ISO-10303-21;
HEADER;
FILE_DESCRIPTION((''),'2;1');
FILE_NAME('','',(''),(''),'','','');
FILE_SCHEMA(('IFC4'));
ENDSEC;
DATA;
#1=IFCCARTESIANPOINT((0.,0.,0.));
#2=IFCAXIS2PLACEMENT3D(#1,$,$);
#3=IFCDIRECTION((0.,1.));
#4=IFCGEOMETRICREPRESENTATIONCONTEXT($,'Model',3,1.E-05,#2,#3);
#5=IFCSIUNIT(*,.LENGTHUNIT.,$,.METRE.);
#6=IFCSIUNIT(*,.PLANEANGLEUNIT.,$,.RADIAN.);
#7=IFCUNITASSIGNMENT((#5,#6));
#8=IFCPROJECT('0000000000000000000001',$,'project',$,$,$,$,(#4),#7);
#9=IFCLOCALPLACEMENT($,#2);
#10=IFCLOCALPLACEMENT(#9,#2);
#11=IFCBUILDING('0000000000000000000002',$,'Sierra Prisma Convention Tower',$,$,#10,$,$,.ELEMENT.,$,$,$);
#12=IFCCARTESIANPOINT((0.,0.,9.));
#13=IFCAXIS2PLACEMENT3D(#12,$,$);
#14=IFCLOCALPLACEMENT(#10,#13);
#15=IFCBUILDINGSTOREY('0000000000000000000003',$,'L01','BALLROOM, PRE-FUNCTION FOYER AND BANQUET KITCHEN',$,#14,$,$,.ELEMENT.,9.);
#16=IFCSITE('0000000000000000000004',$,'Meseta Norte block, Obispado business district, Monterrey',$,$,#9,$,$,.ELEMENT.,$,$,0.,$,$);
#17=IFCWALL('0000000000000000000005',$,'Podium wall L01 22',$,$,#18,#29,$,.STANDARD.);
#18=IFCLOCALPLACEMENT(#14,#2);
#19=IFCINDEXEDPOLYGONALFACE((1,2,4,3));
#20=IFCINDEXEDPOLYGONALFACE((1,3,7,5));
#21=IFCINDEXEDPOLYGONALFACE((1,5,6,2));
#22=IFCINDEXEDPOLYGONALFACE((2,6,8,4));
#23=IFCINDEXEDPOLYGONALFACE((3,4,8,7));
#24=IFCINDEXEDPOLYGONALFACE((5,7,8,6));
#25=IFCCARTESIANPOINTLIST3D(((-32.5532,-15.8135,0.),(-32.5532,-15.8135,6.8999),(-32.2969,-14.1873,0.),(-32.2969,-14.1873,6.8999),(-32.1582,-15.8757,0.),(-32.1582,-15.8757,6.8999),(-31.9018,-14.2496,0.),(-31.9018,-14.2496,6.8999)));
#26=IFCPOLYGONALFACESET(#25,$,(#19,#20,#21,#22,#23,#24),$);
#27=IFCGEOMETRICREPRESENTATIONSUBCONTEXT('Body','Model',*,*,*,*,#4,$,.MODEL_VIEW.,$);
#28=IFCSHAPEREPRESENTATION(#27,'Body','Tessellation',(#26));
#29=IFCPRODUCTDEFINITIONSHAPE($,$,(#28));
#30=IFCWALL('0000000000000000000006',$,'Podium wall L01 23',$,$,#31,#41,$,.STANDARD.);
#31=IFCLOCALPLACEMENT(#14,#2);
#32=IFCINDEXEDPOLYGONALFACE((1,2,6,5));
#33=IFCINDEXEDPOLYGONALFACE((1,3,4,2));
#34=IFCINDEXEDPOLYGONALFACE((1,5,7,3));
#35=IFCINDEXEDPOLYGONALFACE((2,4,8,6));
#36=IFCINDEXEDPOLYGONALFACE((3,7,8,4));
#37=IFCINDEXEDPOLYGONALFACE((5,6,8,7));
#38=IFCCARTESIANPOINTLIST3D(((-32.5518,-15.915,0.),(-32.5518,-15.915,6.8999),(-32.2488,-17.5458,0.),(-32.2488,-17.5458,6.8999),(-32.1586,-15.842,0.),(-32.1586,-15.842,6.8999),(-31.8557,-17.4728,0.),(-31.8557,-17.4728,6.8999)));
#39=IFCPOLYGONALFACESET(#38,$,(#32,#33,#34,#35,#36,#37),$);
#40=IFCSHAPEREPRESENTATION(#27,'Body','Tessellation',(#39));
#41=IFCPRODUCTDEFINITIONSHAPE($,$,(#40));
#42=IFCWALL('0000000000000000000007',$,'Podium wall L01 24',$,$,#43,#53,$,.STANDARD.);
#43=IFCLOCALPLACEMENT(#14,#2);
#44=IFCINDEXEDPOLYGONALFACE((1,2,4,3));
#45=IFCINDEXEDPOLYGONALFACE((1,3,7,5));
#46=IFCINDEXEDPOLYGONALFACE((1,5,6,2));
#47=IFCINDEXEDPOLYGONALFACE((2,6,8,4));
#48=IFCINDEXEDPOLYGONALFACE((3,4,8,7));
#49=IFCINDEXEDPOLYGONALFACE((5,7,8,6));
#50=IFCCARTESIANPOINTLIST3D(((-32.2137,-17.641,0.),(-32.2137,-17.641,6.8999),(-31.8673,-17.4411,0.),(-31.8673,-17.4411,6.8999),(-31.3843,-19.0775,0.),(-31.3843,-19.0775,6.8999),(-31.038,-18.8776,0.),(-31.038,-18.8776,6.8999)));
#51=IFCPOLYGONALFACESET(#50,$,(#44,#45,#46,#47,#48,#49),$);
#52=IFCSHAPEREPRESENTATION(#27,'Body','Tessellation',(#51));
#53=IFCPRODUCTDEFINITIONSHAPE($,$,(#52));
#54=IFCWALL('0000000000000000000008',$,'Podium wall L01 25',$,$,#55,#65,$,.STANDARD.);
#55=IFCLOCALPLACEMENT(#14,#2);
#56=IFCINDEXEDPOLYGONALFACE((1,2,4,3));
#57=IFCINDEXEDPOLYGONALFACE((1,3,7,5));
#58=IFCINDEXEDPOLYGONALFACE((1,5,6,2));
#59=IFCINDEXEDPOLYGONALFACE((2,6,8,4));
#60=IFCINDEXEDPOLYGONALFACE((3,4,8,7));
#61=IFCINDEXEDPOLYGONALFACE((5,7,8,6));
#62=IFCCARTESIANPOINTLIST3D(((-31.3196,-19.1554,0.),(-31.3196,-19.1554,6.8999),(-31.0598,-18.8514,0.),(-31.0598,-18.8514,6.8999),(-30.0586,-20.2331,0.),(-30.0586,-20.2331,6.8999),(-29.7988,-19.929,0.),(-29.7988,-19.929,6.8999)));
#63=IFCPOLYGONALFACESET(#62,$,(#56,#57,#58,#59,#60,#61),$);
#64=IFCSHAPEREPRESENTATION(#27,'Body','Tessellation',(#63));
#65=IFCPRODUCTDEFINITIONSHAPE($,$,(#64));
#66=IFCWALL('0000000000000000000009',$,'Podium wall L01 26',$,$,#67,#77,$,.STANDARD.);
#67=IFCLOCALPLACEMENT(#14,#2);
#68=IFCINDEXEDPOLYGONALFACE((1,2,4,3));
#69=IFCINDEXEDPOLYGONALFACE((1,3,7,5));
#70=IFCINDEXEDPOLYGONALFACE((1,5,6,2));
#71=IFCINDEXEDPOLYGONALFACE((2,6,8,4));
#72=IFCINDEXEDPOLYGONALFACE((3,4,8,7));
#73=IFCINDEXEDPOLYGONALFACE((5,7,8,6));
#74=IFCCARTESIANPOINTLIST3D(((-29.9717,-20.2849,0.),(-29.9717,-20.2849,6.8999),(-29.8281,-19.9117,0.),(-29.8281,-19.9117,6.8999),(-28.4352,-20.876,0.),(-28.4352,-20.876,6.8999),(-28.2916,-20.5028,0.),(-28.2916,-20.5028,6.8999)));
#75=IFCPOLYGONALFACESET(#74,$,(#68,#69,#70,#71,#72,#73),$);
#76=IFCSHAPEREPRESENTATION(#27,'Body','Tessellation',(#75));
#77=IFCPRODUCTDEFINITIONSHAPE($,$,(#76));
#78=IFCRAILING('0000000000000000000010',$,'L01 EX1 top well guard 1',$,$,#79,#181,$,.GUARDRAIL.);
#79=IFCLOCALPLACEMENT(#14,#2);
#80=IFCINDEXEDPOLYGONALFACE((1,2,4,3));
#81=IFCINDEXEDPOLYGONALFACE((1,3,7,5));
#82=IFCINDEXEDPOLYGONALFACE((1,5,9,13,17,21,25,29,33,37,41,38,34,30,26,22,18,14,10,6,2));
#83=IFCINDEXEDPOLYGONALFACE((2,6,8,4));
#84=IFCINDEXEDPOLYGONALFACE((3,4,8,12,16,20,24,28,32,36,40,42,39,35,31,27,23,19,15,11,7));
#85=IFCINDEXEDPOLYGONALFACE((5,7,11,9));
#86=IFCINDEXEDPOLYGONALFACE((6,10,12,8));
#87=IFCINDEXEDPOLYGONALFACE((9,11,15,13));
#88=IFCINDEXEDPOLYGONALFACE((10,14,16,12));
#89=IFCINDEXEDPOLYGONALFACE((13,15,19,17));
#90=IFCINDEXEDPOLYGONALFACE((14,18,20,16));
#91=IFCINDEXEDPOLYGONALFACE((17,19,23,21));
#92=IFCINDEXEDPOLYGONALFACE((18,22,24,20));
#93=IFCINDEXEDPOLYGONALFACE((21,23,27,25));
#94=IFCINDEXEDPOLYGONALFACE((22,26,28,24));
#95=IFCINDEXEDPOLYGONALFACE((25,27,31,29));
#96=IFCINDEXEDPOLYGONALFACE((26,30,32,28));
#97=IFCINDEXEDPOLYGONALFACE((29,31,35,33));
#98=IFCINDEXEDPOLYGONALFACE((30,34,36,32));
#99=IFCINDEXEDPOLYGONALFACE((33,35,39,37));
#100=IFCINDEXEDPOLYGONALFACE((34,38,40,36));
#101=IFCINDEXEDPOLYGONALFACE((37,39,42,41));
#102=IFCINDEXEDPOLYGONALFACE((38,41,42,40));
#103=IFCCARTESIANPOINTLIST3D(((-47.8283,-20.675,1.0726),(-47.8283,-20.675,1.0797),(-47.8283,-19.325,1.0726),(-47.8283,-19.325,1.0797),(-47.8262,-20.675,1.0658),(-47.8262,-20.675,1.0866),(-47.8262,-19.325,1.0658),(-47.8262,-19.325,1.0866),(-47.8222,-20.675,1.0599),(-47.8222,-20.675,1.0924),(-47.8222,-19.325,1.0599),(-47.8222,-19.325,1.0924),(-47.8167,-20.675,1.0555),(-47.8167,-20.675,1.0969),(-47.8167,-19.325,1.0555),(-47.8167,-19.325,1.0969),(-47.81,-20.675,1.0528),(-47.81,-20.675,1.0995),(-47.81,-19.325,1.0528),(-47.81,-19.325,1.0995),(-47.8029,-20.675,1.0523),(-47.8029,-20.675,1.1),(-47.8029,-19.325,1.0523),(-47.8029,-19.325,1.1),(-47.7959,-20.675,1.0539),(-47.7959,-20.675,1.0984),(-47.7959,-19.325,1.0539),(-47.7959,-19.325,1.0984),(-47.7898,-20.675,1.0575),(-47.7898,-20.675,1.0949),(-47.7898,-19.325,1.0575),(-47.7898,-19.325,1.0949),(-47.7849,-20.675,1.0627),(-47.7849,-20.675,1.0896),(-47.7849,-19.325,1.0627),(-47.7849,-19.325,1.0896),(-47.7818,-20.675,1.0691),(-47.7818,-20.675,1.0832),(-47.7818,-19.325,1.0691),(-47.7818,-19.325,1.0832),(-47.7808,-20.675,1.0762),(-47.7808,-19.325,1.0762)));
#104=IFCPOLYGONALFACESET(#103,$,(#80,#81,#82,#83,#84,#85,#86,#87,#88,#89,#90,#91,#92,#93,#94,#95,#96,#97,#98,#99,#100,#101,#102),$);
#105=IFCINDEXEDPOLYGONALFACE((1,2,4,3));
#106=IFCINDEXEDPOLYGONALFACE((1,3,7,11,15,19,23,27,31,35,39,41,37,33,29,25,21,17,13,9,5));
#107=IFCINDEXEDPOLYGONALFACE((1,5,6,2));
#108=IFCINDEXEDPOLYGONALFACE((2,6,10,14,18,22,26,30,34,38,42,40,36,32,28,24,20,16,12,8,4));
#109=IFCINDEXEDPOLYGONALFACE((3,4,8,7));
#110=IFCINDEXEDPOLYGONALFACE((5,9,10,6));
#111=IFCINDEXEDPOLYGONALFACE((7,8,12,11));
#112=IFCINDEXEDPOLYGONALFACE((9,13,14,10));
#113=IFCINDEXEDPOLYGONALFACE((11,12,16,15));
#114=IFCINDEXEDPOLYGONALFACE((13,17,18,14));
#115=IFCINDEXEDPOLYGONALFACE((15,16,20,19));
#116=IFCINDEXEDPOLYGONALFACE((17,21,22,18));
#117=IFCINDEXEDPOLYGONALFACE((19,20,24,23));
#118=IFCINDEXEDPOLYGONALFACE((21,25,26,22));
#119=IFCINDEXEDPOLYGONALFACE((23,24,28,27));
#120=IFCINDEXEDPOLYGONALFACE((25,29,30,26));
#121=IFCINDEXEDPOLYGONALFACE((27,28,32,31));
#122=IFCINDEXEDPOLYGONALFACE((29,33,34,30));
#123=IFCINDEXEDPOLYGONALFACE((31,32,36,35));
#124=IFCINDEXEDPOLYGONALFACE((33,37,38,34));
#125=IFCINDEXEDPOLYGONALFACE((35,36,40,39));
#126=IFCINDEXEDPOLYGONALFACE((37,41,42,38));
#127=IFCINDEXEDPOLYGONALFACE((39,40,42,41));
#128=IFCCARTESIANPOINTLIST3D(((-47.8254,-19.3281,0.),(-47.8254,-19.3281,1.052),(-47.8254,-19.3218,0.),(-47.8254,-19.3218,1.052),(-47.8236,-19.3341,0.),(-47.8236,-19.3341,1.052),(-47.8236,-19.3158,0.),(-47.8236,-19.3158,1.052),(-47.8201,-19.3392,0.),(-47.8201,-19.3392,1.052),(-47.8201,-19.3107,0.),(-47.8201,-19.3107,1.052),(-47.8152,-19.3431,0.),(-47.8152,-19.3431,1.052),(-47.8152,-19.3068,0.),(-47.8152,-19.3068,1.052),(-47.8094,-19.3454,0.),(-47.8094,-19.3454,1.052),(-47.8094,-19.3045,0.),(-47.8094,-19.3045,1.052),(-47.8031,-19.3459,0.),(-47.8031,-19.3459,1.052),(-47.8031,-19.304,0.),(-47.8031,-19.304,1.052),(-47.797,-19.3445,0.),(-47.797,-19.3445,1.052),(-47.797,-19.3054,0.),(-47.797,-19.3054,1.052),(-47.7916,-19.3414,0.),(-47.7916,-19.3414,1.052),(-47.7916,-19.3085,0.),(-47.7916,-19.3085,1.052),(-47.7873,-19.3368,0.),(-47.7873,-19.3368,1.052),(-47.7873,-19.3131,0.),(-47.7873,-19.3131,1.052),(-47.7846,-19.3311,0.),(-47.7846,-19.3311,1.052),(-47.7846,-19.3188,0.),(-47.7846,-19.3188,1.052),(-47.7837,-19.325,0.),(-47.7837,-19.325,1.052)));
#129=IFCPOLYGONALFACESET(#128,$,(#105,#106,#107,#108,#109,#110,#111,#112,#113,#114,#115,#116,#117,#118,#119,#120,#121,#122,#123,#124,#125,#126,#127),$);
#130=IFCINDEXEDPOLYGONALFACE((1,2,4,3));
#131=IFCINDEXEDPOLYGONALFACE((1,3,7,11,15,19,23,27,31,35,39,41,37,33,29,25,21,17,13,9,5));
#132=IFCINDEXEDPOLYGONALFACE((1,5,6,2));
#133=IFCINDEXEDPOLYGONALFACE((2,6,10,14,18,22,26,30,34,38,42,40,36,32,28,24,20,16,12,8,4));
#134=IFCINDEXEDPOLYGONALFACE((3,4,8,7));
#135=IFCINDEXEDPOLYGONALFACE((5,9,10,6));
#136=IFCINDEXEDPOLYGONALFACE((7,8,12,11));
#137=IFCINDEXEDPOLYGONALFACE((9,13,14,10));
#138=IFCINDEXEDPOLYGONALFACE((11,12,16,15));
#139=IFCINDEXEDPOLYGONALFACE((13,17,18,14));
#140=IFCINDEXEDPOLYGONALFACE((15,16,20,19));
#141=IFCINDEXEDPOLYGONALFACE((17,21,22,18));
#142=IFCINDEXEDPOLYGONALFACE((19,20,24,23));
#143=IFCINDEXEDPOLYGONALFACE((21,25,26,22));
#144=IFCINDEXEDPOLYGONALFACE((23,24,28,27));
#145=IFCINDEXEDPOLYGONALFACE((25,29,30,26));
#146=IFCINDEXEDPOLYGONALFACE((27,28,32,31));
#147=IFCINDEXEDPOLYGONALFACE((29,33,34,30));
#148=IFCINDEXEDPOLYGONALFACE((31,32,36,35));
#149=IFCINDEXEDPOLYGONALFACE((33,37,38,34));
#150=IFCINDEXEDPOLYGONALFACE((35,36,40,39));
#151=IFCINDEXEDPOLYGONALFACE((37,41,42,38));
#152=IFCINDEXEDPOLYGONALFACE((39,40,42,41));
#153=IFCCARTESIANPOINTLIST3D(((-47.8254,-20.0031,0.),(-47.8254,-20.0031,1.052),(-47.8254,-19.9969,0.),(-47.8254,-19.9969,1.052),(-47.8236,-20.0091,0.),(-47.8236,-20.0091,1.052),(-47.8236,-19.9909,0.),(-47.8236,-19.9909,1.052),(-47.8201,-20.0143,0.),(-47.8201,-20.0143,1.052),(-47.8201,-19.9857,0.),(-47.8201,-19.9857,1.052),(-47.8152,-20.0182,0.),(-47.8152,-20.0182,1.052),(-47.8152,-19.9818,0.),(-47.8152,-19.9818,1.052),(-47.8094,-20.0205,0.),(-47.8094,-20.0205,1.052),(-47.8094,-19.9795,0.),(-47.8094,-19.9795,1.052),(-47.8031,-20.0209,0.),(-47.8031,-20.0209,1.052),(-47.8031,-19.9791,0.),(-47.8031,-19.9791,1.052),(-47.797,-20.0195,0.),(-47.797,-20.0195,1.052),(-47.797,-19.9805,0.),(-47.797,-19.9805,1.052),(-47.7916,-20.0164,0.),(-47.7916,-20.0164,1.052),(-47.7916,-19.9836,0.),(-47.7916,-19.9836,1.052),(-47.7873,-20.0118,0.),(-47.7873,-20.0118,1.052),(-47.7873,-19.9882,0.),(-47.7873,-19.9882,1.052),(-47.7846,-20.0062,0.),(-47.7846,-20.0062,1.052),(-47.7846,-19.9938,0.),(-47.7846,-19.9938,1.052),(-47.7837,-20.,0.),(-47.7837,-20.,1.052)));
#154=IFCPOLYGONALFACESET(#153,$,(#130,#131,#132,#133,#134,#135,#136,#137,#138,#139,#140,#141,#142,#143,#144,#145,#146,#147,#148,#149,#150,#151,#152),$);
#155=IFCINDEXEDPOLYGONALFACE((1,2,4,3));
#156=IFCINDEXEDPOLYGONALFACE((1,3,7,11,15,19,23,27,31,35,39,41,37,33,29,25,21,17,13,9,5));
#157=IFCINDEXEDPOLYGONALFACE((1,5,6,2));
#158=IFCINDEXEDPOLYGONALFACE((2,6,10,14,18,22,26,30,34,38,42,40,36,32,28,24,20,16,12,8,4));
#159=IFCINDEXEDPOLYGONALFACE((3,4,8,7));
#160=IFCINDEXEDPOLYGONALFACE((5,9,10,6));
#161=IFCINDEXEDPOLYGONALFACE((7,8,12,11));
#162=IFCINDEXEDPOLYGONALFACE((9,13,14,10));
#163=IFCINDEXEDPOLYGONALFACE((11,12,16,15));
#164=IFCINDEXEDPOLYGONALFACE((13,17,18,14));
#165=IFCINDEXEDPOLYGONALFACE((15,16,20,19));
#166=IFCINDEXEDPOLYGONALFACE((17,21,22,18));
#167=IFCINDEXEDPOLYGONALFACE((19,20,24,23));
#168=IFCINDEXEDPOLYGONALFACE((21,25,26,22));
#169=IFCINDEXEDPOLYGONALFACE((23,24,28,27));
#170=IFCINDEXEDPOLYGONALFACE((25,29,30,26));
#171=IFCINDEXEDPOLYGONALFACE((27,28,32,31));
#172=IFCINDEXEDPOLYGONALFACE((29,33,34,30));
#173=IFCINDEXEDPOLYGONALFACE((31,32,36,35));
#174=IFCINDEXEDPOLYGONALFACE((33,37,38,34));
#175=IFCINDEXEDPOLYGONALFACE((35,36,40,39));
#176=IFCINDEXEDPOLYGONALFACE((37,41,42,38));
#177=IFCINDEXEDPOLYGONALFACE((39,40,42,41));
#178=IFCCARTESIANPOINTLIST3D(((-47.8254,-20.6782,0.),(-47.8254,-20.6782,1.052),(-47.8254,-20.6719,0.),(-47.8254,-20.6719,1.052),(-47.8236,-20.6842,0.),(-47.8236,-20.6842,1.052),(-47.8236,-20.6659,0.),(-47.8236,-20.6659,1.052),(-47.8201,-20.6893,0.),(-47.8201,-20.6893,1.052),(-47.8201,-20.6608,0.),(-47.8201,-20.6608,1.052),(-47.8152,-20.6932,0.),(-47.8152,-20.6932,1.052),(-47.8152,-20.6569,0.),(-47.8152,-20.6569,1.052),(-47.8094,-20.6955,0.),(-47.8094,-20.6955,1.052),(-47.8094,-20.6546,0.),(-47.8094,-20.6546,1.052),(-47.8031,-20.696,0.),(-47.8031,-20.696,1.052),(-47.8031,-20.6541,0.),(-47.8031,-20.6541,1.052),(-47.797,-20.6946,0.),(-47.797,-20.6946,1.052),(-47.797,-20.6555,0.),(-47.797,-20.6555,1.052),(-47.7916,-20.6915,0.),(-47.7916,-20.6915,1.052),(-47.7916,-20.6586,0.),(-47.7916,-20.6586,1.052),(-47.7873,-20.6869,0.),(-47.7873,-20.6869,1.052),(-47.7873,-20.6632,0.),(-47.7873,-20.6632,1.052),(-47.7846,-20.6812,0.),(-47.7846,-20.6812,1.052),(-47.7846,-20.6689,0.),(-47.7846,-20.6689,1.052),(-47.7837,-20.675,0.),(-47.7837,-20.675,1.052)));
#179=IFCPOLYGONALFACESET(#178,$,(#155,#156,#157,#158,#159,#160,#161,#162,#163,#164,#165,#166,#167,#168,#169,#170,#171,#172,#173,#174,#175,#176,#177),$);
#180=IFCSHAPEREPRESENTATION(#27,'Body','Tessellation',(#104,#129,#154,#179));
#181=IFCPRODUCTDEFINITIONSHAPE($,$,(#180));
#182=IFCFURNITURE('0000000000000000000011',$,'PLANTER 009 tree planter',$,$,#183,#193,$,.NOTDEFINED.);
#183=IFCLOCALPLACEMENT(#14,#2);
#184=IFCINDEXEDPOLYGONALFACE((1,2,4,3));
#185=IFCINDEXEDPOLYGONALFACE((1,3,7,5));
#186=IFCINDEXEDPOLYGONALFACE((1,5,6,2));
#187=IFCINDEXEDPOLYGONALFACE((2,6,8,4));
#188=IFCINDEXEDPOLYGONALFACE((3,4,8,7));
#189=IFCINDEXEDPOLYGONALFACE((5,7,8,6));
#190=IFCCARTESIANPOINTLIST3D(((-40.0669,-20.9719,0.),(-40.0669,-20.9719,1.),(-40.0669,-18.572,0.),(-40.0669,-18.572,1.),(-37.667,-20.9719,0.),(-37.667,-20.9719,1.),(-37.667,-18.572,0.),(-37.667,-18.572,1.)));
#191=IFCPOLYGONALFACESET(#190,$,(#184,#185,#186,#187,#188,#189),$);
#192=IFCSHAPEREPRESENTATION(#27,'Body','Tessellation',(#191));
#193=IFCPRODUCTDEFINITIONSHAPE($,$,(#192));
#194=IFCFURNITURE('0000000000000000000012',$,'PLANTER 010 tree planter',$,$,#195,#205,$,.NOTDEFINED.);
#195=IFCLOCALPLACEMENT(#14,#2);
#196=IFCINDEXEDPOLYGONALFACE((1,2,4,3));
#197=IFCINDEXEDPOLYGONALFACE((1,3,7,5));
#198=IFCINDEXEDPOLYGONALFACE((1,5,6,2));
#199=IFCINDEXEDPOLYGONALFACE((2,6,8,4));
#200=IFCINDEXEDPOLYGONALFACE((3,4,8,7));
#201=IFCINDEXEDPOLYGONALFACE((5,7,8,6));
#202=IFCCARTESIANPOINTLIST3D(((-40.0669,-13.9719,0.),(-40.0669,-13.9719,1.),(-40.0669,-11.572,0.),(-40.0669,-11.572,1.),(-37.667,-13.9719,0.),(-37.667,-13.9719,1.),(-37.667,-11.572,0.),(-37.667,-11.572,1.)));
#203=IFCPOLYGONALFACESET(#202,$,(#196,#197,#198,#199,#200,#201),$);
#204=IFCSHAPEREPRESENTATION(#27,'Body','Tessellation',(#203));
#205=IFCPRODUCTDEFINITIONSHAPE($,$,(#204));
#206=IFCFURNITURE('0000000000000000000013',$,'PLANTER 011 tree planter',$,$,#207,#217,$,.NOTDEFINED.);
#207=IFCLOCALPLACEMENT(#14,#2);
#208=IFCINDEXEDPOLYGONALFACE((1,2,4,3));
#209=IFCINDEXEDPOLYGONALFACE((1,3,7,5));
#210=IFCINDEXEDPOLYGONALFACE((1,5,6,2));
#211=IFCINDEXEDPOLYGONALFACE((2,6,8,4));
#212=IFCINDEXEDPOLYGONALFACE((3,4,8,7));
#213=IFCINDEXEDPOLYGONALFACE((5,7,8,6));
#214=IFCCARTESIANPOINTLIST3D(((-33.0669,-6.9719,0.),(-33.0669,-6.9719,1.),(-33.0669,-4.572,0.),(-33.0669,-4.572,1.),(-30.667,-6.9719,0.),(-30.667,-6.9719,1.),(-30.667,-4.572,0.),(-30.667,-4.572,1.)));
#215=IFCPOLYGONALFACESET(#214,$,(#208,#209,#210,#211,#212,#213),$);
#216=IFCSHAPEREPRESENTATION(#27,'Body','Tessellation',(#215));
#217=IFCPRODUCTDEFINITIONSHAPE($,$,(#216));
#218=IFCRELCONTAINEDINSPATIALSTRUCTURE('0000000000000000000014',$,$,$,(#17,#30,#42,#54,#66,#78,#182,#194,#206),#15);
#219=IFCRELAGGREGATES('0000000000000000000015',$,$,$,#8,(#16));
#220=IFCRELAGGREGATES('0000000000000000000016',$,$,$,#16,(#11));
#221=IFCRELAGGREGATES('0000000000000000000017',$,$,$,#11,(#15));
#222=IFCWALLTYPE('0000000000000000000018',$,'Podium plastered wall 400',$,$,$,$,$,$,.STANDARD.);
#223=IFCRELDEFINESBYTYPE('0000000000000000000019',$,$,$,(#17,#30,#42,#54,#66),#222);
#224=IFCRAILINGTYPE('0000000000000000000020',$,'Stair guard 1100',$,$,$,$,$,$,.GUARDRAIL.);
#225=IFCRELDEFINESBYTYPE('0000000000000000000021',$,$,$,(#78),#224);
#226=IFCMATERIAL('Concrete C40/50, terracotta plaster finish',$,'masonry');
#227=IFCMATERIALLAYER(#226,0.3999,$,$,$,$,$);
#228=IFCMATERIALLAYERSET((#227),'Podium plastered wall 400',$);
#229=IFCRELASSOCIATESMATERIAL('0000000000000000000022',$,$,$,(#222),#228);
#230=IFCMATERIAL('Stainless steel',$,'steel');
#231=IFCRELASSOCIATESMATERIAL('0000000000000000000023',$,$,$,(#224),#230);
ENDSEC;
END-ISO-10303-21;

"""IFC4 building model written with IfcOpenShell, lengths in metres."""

from ifc_helpers import new_model, si_unit, direction, frame, frame_2d, origin, origin_2d, place, context, subcontext, project, spatial, rectangle, circle, extrude, material, layer, layer_set, type_object, element, save


model = new_model("IFC4")

# Units and contexts
model_context = context("Model", 3, precision=1e-05, world=origin(), true_north=direction((0.0, 1.0)))
body_context = subcontext(model_context, "Body", "Model", "MODEL_VIEW")
ifc_project = project(units=[si_unit("LENGTHUNIT", "METRE"), si_unit("PLANEANGLEUNIT", "RADIAN")], contexts=[model_context])

# Site, building, storey
site_placement = place(None, origin())
site = spatial("IfcSite", under=ifc_project, at=site_placement, Name="Meseta Norte block, Obispado business district, Monterrey", CompositionType="ELEMENT", RefElevation=0.0)
building_placement = place(site_placement, origin())
building = spatial("IfcBuilding", under=site, at=building_placement, Name="Sierra Prisma Convention Tower", CompositionType="ELEMENT")
storey_placement = place(building_placement, frame((0.0, 0.0, 9.0)))
storey = spatial("IfcBuildingStorey", under=building, at=storey_placement, Name="L01", Description="BALLROOM, PRE-FUNCTION FOYER AND BANQUET KITCHEN", CompositionType="ELEMENT", Elevation=9.0)

# Walls
ifc_material_1 = material(Name="Concrete C40/50, terracotta plaster finish", Category="masonry")
ifc_layer_1 = layer(ifc_material_1, 0.3999)
ifc_layer_set_1 = layer_set([ifc_layer_1], Name="Podium plastered wall 400")
wall_type_1 = type_object("IfcWallType", Name="Podium plastered wall 400", PredefinedType="STANDARD", material=ifc_layer_set_1)
wall_1_placement = place(storey_placement, frame((-32.3557, -15.8447, 0.0), z_axis=(0.0, 0.0, 1.0), x_axis=(0.155711, 0.987803, 0.0)))
element("IfcWall", 1, at=wall_1_placement, inside=storey, type_object=wall_type_1, Name="Podium wall L01 22", PredefinedType="STANDARD", context=body_context, shape_type="SweptSolid", body=[
    extrude(rectangle(XDim=1.6462, YDim=0.3999, at=frame_2d((0.8232, 0.0))), origin(), (0.0, 0.0, 1.0), 6.8999),
])
for number, where, z_axis, x_axis, name in (
    (2, (-32.0522, -17.5093, 0.0), (0.0, 0.0, 1.0), (-0.182653, 0.983177, 0.0), "Podium wall L01 23"),
    (3, (-31.2112, -18.9775, 0.0), (0.0, 0.0, 1.0), (-0.499986, 0.866034, 0.0), "Podium wall L01 24"),
    (4, (-29.9287, -20.0811, 0.0), (0.0, 0.0, 1.0), (-0.760212, 0.649676, 0.0), "Podium wall L01 25"),
):
    element("IfcWall", number, at=place(storey_placement, frame(where, z_axis=z_axis, x_axis=x_axis)), inside=storey, type_object=wall_type_1, Name=name, PredefinedType="STANDARD", context=body_context, shape_type="SweptSolid", body=[
        extrude(rectangle(XDim=1.6587, YDim=0.3999, at=frame_2d((0.8293, 0.0))), origin(), (0.0, 0.0, 1.0), 6.8999),
    ])
wall_2_placement = place(storey_placement, frame((-28.3633, -20.6895, 0.0), z_axis=(0.0, 0.0, 1.0), x_axis=(-0.933315, 0.359059, 0.0)))
element("IfcWall", 5, at=wall_2_placement, inside=storey, type_object=wall_type_1, Name="Podium wall L01 26", PredefinedType="STANDARD", context=body_context, shape_type="SweptSolid", body=[
    extrude(rectangle(XDim=1.6462, YDim=0.3999, at=frame_2d((0.8232, 0.0))), origin(), (0.0, 0.0, 1.0), 6.8999),
])

# Railing
ifc_material_2 = material(Name="Stainless steel", Category="steel")
railing_type_1 = type_object("IfcRailingType", Name="Stair guard 1100", PredefinedType="GUARDRAIL", material=ifc_material_2)
railing_1_placement = place(storey_placement, frame((-47.8047, -19.325, 0.0)))
element("IfcRailing", 6, at=railing_1_placement, inside=storey, type_object=railing_type_1, Name="L01 EX1 top well guard 1", PredefinedType="GUARDRAIL", context=body_context, shape_type="SweptSolid", body=[
    extrude(circle(Radius=0.0239, at=origin_2d()), frame((0.0, 0.0, 1.0762), z_axis=(0.0, -1.0, 0.0), x_axis=(1.0, 0.0, 0.0)), (0.0, 0.0, 1.0), 1.3501),
    extrude(circle(Radius=0.021, at=origin_2d()), origin(), (0.0, 0.0, 1.0), 1.052),
    extrude(circle(Radius=0.021, at=origin_2d()), frame((0.0, -0.675, 0.0)), (0.0, 0.0, 1.0), 1.052),
    extrude(circle(Radius=0.021, at=origin_2d()), frame((0.0, -1.3501, 0.0)), (0.0, 0.0, 1.0), 1.052),
])

# Furniture
for number, where, z_axis, x_axis, name in (
    (7, (-38.8669, -19.772, 0.0), (0.0, 0.0, 1.0), (1.0, 0.0, 0.0), "PLANTER 009 tree planter"),
    (8, (-38.8669, -12.772, 0.0), (0.0, 0.0, 1.0), (1.0, 0.0, 0.0), "PLANTER 010 tree planter"),
    (9, (-31.8669, -5.772, 0.0), (0.0, 0.0, 1.0), (1.0, 0.0, 0.0), "PLANTER 011 tree planter"),
):
    element("IfcFurniture", number, at=place(storey_placement, frame(where, z_axis=z_axis, x_axis=x_axis)), inside=storey, Name=name, PredefinedType="NOTDEFINED", context=body_context, shape_type="SweptSolid", body=[
        extrude(rectangle(XDim=2.3999, YDim=2.3999, at=origin_2d()), origin(), (0.0, 0.0, 1.0), 1.0),
    ])

save(model, "model.ifc")
